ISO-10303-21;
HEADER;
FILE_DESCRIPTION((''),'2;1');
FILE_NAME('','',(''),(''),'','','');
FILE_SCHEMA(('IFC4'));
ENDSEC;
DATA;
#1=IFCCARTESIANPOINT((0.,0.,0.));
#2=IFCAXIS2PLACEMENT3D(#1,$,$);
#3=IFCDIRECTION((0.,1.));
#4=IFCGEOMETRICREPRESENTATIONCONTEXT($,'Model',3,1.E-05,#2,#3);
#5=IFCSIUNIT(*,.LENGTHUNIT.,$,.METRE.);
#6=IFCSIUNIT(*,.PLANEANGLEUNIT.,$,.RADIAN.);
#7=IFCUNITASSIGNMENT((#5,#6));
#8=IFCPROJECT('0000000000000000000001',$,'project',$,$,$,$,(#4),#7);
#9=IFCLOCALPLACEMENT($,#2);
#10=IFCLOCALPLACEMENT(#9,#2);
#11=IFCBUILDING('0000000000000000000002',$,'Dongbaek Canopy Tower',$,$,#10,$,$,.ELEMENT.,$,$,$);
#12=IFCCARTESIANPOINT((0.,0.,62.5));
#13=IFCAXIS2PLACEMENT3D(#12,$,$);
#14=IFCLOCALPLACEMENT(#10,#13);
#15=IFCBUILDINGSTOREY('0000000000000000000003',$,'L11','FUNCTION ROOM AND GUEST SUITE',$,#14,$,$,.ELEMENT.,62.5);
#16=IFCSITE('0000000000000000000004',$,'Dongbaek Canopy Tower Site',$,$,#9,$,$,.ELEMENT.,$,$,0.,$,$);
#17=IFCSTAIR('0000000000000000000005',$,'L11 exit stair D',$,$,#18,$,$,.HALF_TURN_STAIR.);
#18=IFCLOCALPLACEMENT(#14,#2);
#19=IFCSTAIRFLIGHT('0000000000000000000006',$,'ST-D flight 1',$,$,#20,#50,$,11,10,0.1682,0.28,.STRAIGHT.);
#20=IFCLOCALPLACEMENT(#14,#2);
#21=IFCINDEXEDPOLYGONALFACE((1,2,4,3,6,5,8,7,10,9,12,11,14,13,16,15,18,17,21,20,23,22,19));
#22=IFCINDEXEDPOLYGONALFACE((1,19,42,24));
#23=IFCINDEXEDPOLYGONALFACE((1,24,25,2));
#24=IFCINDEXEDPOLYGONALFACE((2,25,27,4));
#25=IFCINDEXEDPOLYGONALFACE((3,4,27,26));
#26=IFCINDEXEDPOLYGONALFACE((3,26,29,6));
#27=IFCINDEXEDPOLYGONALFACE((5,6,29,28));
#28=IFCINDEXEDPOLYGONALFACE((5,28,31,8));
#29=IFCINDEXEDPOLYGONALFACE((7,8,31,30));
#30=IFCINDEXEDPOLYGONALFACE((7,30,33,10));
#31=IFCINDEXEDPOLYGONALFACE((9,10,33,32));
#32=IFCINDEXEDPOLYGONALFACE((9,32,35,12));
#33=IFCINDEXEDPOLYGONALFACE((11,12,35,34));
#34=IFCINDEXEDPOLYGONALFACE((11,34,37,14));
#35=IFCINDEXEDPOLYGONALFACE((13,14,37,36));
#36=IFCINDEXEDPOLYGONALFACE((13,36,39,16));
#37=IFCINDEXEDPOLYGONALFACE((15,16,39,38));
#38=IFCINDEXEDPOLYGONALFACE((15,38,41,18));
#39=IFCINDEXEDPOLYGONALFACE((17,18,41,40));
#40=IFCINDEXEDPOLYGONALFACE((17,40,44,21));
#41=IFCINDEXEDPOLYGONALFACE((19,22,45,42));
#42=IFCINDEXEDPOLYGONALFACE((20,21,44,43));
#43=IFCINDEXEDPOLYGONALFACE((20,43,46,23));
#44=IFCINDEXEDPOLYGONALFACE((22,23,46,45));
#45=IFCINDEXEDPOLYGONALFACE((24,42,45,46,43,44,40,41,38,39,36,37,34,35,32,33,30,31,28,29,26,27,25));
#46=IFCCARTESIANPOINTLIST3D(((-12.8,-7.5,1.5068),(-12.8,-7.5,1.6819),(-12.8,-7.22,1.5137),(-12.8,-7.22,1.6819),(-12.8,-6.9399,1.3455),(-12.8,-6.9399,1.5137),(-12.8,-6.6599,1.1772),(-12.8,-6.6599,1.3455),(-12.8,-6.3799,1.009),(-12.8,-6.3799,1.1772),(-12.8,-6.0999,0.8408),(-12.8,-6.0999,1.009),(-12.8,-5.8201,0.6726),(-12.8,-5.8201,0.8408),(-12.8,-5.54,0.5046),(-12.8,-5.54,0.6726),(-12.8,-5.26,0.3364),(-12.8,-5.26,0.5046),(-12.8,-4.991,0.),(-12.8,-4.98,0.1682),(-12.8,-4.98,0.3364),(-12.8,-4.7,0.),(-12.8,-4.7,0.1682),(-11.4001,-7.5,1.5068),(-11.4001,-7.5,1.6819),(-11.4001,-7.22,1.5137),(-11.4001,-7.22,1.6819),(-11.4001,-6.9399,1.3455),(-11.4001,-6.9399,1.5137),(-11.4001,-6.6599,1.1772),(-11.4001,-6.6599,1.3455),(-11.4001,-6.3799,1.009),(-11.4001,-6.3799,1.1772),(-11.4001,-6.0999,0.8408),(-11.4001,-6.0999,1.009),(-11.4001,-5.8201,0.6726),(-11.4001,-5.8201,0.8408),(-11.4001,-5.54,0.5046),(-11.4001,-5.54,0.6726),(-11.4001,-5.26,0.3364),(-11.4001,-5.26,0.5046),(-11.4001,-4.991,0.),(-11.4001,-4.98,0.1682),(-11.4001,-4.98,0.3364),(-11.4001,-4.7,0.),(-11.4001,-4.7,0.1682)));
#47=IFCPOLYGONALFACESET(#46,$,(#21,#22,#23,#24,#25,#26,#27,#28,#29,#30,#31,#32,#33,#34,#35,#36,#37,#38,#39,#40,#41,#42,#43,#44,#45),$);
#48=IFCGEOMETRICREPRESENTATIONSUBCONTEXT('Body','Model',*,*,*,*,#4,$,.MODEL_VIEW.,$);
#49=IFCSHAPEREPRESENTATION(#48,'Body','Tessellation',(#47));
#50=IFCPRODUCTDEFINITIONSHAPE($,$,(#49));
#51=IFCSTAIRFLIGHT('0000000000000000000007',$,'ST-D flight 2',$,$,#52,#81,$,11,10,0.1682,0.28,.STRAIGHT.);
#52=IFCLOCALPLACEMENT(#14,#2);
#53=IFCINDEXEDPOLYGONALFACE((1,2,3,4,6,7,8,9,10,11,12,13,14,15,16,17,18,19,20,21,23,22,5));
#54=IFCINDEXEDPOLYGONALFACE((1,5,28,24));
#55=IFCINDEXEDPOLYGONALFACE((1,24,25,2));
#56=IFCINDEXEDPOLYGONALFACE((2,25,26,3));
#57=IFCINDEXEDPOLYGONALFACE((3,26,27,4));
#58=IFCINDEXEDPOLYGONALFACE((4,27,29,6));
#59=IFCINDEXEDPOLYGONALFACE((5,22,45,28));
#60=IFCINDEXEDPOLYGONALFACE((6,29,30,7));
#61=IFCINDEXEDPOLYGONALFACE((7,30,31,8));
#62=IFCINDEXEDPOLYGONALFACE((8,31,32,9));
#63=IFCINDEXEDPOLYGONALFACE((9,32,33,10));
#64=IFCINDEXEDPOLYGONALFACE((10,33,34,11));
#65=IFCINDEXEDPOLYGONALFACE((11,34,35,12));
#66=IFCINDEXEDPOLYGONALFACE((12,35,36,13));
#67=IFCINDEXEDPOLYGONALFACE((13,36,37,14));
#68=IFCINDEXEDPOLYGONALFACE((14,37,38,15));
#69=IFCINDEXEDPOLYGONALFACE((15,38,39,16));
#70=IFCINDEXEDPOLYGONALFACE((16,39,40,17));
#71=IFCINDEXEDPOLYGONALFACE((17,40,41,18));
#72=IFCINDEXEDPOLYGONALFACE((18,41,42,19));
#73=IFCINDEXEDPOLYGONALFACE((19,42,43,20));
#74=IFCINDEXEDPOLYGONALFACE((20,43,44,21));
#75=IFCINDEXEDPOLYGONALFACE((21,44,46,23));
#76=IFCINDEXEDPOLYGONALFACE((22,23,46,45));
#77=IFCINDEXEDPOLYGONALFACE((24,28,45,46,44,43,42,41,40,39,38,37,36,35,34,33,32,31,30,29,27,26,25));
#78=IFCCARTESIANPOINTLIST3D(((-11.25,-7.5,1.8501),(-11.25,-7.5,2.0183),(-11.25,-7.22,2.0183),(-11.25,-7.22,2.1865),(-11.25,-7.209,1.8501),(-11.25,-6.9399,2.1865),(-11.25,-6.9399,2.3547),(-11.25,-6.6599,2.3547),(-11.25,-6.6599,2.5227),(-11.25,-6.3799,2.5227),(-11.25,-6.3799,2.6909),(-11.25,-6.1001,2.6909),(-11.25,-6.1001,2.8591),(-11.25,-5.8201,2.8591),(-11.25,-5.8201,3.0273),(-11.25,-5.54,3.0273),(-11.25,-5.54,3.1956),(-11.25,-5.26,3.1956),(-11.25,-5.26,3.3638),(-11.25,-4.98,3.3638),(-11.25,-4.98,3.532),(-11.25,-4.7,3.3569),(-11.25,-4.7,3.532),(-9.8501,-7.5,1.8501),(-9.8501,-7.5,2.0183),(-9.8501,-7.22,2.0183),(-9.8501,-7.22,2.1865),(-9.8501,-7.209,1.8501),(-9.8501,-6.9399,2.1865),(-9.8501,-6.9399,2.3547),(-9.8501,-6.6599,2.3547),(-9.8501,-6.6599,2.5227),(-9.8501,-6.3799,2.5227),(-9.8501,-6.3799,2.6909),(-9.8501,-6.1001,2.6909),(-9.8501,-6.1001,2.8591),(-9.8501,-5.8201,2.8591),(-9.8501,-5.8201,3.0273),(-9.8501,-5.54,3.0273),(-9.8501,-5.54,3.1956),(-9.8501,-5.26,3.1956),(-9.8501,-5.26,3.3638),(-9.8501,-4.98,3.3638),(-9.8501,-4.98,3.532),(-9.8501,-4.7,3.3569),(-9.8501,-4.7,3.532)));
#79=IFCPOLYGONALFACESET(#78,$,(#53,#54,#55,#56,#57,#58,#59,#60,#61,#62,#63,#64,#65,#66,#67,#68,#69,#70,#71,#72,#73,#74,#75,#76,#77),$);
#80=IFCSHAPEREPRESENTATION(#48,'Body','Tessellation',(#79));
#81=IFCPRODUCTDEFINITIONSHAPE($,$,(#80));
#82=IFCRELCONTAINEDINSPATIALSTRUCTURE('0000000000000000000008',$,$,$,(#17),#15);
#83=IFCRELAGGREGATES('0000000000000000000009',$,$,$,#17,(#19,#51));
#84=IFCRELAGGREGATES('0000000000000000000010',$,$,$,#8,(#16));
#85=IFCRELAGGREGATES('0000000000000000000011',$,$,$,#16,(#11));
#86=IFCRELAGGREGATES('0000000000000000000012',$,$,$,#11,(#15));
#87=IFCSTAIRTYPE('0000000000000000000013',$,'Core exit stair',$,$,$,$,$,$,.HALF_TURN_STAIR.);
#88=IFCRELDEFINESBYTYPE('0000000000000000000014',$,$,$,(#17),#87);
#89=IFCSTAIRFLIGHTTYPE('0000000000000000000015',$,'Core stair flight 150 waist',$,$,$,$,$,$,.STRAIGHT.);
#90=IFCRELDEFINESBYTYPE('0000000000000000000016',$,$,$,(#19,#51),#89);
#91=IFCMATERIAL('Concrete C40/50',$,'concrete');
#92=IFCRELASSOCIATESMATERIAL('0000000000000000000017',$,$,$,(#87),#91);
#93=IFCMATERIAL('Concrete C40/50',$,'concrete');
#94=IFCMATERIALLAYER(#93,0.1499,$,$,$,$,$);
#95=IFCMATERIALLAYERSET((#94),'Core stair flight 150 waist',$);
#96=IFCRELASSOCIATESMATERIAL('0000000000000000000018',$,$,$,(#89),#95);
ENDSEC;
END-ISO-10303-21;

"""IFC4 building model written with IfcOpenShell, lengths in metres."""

from ifc_helpers import new_model, si_unit, direction, frame, origin, place, context, subcontext, project, spatial, polyline, outline, extrude, material, layer, layer_set, type_object, element, aggregate, save


model = new_model("IFC4")

# Units and contexts
model_context = context("Model", 3, precision=1e-05, world=origin(), true_north=direction((0.0, 1.0)))
body_context = subcontext(model_context, "Body", "Model", "MODEL_VIEW")
ifc_project = project(units=[si_unit("LENGTHUNIT", "METRE"), si_unit("PLANEANGLEUNIT", "RADIAN")], contexts=[model_context])

# Site, building, storey
site_placement = place(None, origin())
site = spatial("IfcSite", under=ifc_project, at=site_placement, Name="Dongbaek Canopy Tower Site", CompositionType="ELEMENT", RefElevation=0.0)
building_placement = place(site_placement, origin())
building = spatial("IfcBuilding", under=site, at=building_placement, Name="Dongbaek Canopy Tower", CompositionType="ELEMENT")
storey_placement = place(building_placement, frame((0.0, 0.0, 62.5)))
storey = spatial("IfcBuildingStorey", under=building, at=storey_placement, Name="L11", Description="FUNCTION ROOM AND GUEST SUITE", CompositionType="ELEMENT", Elevation=62.5)

# Stair, stair flights
ifc_material_1 = material(Name="Concrete C40/50", Category="concrete")
stair_type = type_object("IfcStairType", Name="Core exit stair", PredefinedType="HALF_TURN_STAIR", material=ifc_material_1)
stair_placement = place(storey_placement, origin())
stair = element("IfcStair", 1, at=stair_placement, inside=storey, type_object=stair_type, Name="L11 exit stair D", PredefinedType="HALF_TURN_STAIR")
ifc_material_2 = material(Name="Concrete C40/50", Category="concrete")
ifc_layer_1 = layer(ifc_material_2, 0.1499)
ifc_layer_set_1 = layer_set([ifc_layer_1], Name="Core stair flight 150 waist")
stair_flight_type = type_object("IfcStairFlightType", Name="Core stair flight 150 waist", PredefinedType="STRAIGHT", material=ifc_layer_set_1)
stair_flight_1_placement = place(storey_placement, frame((-12.1001, -4.7, 0.0), z_axis=(0.0, 0.0, 1.0), x_axis=(0.0, -1.0, 0.0)))
stair_flight_1 = element("IfcStairFlight", 2, at=stair_flight_1_placement, type_object=stair_flight_type, Name="ST-D flight 1", NumberOfRisers=11, NumberOfTreads=10, PredefinedType="STRAIGHT", RiserHeight=0.1682, TreadLength=0.28, context=body_context, shape_type="SweptSolid", body=[
    extrude(outline(polyline([(0.0, 0.0), (0.0, 0.1682), (0.28, 0.1682), (0.28, 0.3364), (0.5601, 0.3364), (0.5601, 0.5046), (0.8401, 0.5046), (0.8401, 0.6726), (1.1201, 0.6726), (1.1201, 0.8408), (1.3999, 0.8408), (1.3999, 1.009), (1.6799, 1.009), (1.6799, 1.1772), (1.96, 1.1772), (1.96, 1.3455), (2.24, 1.3455), (2.24, 1.5137), (2.52, 1.5137), (2.52, 1.6819), (2.8, 1.6819), (2.8, 1.8501), (2.8, 1.5068), (0.291, 0.0), (0.0, 0.0)])), frame((0.0, 0.7, 0.0), z_axis=(0.0, -1.0, 0.0), x_axis=(1.0, 0.0, 0.0)), (0.0, 0.0, 1.0), 1.3999),
])
stair_flight_2_placement = place(storey_placement, frame((-10.55, -7.5, 1.8501), z_axis=(0.0, 0.0, 1.0), x_axis=(0.0, 1.0, 0.0)))
stair_flight_2 = element("IfcStairFlight", 3, at=stair_flight_2_placement, type_object=stair_flight_type, Name="ST-D flight 2", NumberOfRisers=11, NumberOfTreads=10, PredefinedType="STRAIGHT", RiserHeight=0.1682, TreadLength=0.28, context=body_context, shape_type="SweptSolid", body=[
    extrude(outline(polyline([(0.0, 0.0), (0.0, 0.1682), (0.28, 0.1682), (0.28, 0.3364), (0.5601, 0.3364), (0.5601, 0.5046), (0.8401, 0.5046), (0.8401, 0.6726), (1.1201, 0.6726), (1.1201, 0.8408), (1.3999, 0.8408), (1.3999, 1.009), (1.6799, 1.009), (1.6799, 1.1772), (1.96, 1.1772), (1.96, 1.3455), (2.24, 1.3455), (2.24, 1.5137), (2.52, 1.5137), (2.52, 1.6819), (2.8, 1.6819), (2.8, 1.8501), (2.8, 1.5068), (0.291, 0.0), (0.0, 0.0)])), frame((0.0, 0.7, 0.0), z_axis=(0.0, -1.0, 0.0), x_axis=(1.0, 0.0, 0.0)), (0.0, 0.0, 1.0), 1.3999),
])
aggregate(stair, [stair_flight_1, stair_flight_2])

save(model, "model.ifc")
